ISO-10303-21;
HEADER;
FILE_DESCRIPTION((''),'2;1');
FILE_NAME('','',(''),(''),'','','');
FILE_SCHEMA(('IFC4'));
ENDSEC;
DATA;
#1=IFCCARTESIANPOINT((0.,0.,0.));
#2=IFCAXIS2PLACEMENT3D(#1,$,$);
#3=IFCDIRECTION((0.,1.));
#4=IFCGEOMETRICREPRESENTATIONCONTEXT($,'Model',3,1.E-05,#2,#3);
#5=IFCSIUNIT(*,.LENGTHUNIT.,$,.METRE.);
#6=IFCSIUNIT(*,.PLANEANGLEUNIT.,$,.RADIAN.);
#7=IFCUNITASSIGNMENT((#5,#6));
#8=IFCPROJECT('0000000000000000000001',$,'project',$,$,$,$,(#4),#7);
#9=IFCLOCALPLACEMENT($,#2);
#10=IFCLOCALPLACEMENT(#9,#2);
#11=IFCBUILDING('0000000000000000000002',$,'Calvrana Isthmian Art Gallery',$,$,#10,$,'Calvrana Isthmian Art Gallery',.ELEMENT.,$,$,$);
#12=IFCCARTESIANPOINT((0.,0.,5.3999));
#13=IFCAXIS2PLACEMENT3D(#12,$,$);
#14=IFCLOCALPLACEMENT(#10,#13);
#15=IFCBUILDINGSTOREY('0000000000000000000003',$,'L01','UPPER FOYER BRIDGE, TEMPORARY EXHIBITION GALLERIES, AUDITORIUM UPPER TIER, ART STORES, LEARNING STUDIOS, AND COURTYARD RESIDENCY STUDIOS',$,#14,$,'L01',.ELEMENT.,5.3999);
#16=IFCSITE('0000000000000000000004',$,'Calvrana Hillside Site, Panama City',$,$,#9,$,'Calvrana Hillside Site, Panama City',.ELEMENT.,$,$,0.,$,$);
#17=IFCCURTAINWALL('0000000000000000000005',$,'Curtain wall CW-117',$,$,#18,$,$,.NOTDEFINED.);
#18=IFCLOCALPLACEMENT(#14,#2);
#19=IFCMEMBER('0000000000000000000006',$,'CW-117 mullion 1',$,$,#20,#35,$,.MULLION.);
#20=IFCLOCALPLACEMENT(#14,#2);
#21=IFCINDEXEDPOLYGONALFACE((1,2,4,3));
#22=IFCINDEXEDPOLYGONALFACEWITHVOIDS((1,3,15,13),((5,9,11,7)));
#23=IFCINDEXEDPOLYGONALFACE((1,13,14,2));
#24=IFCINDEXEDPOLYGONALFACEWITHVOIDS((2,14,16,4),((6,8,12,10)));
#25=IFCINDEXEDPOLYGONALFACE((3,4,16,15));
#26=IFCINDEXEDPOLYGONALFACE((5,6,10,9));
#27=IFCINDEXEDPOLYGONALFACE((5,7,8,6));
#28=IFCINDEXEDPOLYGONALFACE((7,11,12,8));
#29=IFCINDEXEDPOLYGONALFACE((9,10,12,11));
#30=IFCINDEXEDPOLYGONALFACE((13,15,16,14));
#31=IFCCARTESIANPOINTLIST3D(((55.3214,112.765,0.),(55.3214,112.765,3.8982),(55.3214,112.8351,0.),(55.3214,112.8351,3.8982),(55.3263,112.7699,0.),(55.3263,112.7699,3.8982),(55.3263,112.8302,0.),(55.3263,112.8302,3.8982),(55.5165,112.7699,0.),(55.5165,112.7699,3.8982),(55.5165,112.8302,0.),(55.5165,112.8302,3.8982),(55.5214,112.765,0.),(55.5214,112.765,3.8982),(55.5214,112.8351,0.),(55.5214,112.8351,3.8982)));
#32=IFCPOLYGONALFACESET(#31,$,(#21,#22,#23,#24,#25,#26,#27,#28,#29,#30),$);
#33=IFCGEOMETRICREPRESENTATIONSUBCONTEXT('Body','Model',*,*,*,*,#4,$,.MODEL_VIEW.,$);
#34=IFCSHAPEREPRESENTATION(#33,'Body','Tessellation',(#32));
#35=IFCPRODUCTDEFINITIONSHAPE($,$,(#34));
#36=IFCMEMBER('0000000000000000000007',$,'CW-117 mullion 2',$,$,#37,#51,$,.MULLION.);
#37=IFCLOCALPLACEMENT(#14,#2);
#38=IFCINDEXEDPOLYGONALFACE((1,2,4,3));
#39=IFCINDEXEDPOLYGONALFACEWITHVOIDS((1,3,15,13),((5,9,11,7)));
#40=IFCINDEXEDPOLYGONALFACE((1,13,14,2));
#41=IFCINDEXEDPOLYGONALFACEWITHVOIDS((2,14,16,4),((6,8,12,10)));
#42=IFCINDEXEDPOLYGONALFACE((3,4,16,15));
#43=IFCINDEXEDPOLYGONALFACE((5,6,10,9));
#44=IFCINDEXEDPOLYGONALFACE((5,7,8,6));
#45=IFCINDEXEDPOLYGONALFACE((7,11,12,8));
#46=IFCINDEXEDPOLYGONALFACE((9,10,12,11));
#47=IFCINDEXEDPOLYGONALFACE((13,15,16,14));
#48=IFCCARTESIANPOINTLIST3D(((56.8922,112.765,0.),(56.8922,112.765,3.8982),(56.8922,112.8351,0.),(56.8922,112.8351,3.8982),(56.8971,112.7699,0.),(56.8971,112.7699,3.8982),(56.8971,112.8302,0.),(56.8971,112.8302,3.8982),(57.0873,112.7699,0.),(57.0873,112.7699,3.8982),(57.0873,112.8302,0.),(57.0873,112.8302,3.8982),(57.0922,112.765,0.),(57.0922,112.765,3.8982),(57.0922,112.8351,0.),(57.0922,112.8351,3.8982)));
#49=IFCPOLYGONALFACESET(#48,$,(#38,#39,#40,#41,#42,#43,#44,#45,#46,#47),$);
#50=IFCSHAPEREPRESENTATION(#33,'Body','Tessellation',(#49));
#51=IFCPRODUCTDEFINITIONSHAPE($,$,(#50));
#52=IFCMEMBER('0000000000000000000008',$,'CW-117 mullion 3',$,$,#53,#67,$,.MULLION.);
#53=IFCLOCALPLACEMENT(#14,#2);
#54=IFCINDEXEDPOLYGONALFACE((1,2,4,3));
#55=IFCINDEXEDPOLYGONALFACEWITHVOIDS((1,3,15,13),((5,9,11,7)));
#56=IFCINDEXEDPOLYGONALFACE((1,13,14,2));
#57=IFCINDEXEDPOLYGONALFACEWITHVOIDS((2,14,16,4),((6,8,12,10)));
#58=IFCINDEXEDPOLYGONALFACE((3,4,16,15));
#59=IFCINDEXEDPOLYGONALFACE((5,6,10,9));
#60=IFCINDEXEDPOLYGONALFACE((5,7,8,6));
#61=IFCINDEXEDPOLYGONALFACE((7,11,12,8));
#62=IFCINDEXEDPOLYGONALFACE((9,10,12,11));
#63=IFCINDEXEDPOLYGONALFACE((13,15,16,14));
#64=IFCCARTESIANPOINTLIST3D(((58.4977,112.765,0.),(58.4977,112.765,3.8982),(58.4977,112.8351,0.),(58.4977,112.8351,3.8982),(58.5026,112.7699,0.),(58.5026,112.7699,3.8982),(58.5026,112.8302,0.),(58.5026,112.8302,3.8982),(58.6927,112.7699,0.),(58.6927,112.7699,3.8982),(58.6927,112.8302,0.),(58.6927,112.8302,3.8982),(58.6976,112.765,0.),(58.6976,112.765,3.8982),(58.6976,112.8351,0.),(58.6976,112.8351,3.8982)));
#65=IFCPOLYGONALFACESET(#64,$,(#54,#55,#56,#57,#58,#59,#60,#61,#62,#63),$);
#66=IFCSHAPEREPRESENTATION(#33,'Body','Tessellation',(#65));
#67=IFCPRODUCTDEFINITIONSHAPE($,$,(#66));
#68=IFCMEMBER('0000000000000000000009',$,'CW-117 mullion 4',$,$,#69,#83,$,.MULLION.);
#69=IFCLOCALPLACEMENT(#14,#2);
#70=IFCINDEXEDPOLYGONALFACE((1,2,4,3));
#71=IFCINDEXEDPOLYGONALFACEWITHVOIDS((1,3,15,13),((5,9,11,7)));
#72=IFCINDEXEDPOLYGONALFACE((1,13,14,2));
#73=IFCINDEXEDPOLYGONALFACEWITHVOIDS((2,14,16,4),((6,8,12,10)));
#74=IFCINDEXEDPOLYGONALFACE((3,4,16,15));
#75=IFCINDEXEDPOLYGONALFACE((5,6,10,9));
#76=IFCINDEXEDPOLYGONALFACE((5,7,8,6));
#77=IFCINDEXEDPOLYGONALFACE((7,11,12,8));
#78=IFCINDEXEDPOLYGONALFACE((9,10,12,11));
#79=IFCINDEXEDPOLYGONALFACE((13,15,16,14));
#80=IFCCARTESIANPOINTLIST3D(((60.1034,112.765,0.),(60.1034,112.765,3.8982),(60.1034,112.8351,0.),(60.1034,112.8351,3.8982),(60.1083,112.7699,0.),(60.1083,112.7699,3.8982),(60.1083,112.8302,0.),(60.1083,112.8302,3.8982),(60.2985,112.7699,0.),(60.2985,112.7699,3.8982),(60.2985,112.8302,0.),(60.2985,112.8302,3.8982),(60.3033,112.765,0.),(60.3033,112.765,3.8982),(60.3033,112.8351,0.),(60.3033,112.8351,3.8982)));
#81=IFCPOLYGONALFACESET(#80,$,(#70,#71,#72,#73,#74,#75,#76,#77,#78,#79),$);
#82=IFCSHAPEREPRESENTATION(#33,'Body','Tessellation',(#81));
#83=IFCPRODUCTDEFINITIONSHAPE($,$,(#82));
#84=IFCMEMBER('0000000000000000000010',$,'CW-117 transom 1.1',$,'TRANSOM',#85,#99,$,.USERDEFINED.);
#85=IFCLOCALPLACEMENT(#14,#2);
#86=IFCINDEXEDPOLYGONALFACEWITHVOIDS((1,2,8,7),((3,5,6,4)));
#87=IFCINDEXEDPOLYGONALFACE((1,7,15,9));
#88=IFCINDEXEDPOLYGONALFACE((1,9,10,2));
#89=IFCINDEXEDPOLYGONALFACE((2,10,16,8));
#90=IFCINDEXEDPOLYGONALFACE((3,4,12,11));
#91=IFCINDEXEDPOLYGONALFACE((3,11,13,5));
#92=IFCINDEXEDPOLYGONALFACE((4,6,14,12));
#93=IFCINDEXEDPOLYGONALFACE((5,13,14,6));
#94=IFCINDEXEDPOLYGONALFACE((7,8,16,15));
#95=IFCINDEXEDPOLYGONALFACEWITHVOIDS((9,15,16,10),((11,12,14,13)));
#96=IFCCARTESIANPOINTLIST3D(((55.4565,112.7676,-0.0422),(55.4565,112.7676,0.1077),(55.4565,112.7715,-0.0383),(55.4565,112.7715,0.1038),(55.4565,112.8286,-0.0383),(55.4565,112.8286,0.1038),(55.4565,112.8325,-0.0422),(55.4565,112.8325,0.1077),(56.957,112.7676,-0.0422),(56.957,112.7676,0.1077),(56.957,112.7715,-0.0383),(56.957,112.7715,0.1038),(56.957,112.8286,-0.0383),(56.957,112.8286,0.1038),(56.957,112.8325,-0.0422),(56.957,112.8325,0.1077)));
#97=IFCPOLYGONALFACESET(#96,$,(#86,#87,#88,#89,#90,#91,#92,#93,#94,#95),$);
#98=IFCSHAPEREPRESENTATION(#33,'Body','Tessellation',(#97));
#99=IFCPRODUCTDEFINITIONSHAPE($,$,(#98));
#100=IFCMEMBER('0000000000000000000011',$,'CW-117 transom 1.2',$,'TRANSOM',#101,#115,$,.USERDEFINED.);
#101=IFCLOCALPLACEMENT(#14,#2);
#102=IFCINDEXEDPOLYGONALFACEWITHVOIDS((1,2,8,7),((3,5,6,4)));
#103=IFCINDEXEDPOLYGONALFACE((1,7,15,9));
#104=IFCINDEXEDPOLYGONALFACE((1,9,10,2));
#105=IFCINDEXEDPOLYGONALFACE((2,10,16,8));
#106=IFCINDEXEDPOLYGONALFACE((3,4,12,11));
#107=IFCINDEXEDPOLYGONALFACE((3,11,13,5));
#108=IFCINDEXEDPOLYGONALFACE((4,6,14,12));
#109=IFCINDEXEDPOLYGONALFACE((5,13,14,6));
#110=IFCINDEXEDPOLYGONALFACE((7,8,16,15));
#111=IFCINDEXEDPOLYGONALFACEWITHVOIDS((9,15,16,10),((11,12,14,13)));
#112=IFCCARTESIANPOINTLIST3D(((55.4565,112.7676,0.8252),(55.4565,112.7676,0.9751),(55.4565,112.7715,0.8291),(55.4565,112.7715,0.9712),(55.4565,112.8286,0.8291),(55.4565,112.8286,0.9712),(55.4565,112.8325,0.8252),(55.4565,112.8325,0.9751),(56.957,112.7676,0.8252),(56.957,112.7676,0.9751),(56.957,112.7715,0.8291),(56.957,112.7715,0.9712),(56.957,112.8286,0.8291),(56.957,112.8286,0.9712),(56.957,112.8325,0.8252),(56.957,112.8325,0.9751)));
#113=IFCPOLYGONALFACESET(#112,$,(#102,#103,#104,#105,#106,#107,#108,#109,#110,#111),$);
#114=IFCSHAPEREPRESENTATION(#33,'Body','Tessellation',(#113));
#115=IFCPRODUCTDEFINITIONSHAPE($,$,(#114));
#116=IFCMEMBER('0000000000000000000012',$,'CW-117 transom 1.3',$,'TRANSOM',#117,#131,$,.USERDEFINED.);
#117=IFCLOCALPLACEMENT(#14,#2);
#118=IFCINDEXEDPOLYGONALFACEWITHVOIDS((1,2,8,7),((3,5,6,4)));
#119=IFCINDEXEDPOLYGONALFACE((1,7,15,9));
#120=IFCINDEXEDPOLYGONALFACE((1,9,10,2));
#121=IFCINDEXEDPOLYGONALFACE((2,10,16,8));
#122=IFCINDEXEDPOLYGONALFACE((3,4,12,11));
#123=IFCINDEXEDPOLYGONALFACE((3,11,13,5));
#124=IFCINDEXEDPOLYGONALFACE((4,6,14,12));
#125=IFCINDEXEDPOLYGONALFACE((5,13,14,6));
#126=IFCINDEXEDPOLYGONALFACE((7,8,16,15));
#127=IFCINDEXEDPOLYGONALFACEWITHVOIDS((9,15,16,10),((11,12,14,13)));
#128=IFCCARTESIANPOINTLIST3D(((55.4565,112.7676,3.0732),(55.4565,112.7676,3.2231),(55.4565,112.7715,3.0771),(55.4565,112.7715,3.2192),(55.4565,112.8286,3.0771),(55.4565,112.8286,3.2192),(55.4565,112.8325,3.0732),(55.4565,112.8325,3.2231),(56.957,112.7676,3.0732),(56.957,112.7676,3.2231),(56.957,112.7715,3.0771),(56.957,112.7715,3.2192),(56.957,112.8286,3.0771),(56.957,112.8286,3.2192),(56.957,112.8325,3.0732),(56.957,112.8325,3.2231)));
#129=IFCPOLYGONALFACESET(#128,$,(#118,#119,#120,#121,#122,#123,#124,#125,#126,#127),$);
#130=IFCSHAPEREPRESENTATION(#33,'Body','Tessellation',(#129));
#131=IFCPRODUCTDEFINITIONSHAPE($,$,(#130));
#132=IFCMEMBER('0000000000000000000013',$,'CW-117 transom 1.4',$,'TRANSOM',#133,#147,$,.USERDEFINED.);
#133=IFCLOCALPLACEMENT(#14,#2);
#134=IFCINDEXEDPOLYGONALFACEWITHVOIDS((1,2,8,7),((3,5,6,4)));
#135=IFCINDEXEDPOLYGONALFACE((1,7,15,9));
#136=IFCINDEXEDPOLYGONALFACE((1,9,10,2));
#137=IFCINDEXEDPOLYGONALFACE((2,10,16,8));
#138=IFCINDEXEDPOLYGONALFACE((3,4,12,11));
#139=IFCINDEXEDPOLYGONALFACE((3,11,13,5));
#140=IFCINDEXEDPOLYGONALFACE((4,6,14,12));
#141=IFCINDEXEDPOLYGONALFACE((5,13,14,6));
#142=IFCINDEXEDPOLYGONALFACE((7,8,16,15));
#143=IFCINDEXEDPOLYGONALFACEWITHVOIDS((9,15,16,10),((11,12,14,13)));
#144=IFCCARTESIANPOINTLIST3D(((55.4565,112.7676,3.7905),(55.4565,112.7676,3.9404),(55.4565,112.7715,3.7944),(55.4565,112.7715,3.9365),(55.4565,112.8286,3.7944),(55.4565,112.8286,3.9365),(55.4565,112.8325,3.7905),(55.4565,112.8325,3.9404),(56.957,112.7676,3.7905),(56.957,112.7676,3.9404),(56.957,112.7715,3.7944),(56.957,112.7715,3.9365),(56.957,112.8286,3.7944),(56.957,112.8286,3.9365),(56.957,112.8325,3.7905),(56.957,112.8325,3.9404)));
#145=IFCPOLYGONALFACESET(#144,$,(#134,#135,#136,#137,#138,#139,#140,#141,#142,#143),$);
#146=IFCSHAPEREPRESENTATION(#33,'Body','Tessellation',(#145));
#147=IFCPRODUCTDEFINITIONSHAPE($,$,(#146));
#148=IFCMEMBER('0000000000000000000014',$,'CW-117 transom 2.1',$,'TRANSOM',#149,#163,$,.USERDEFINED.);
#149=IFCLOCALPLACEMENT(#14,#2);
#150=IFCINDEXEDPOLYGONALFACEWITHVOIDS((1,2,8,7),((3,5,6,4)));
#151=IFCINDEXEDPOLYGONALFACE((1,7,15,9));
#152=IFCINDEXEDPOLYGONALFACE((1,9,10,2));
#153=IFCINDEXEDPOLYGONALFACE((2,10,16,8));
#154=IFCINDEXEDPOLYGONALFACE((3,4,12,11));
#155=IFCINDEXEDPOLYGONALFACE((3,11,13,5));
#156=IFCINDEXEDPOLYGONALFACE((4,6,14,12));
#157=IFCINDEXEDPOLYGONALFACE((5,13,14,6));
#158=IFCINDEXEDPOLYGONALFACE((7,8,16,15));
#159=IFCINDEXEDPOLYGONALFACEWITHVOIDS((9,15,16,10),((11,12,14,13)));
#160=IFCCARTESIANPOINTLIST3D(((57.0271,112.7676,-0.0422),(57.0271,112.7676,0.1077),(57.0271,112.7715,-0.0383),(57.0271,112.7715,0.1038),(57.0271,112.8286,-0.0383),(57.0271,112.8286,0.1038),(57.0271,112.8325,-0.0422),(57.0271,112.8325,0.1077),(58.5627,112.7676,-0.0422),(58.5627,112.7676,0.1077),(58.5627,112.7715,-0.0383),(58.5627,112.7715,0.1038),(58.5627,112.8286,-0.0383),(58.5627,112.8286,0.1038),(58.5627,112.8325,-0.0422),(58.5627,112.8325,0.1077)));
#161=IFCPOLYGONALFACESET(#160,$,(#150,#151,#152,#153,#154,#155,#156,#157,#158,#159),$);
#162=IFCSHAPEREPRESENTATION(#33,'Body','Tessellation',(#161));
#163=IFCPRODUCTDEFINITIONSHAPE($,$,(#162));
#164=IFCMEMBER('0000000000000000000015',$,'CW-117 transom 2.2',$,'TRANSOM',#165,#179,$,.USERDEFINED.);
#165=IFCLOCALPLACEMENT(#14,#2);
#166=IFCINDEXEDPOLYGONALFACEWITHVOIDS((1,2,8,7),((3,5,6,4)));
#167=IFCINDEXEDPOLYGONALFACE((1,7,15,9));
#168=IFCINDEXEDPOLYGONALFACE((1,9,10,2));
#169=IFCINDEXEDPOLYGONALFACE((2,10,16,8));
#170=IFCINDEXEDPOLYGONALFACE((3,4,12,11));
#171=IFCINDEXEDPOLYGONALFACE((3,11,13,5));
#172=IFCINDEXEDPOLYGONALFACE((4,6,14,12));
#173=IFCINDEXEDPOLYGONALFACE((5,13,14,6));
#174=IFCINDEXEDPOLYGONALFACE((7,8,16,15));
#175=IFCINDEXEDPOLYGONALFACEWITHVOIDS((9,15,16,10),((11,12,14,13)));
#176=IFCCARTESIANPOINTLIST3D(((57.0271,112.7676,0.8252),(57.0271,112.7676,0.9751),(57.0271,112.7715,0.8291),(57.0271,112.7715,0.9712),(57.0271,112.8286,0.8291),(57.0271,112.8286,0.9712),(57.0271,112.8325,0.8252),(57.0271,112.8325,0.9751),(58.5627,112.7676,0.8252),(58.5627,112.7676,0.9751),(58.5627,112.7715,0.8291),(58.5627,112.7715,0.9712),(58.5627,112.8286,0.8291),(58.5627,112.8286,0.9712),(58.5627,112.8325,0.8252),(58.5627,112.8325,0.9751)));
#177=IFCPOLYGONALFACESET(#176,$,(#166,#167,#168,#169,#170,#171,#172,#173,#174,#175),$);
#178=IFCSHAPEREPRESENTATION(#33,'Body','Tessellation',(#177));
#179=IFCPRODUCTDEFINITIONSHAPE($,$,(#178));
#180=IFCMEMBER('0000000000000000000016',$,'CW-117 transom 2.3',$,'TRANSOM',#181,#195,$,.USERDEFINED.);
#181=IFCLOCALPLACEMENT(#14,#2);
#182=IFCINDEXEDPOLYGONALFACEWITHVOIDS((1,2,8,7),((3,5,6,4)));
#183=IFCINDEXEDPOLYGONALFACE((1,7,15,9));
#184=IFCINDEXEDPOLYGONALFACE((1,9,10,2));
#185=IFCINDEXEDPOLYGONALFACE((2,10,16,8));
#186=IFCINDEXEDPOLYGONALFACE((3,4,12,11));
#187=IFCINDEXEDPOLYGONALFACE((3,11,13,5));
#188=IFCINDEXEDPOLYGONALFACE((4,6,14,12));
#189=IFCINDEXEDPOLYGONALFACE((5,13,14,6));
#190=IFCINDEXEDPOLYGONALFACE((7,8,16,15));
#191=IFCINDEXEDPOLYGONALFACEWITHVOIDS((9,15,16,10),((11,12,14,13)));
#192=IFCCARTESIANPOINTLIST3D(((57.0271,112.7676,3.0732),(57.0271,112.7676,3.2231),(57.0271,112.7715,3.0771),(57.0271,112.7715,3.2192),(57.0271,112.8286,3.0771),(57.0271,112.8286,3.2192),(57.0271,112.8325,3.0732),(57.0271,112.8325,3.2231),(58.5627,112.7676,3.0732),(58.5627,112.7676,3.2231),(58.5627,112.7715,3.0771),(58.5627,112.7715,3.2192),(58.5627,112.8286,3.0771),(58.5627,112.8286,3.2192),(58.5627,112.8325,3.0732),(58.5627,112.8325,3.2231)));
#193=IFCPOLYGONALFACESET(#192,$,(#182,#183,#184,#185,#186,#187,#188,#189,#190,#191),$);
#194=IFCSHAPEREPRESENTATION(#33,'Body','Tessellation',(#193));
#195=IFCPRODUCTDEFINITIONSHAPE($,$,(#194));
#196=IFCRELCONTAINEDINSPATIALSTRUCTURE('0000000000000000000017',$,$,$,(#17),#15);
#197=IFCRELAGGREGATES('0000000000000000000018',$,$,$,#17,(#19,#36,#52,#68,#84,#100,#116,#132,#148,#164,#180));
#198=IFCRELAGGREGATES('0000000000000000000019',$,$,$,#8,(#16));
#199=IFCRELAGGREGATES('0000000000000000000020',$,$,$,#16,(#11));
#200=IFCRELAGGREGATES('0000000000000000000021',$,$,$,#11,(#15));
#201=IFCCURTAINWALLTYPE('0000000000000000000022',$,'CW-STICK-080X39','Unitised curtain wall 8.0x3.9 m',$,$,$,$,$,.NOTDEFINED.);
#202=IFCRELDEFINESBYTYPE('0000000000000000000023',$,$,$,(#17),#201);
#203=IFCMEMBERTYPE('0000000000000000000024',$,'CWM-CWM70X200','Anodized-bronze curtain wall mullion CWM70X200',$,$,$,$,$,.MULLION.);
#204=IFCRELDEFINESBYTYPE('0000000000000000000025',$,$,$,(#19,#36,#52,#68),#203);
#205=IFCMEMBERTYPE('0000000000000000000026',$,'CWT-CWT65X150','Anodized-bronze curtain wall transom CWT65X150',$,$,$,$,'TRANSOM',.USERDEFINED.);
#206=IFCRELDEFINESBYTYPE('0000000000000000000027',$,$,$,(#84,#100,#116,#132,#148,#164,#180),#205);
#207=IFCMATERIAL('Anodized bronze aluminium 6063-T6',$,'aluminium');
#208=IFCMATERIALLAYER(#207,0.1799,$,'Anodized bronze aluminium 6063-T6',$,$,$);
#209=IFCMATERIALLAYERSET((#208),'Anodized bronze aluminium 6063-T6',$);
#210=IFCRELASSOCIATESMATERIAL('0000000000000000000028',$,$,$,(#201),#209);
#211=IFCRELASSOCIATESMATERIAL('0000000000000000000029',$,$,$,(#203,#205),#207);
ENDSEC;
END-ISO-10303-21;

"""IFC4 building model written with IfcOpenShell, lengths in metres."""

from ifc_helpers import new_model, si_unit, direction, frame, origin, origin_2d, place, context, subcontext, project, spatial, hollow_rectangle, extrude, material, layer, layer_set, material_profile, profile_set, type_object, element, aggregate, save


model = new_model("IFC4")

# Units and contexts
model_context = context("Model", 3, precision=1e-05, world=origin(), true_north=direction((0.0, 1.0)))
body_context = subcontext(model_context, "Body", "Model", "MODEL_VIEW")
ifc_project = project(units=[si_unit("LENGTHUNIT", "METRE"), si_unit("PLANEANGLEUNIT", "RADIAN")], contexts=[model_context])

# Site, building, storey
site_placement = place(None, origin())
site = spatial("IfcSite", under=ifc_project, at=site_placement, Name="Calvrana Hillside Site, Panama City", LongName="Calvrana Hillside Site, Panama City", CompositionType="ELEMENT", RefElevation=0.0)
building_placement = place(site_placement, origin())
building = spatial("IfcBuilding", under=site, at=building_placement, Name="Calvrana Isthmian Art Gallery", LongName="Calvrana Isthmian Art Gallery", CompositionType="ELEMENT")
storey_placement = place(building_placement, frame((0.0, 0.0, 5.3999)))
storey = spatial("IfcBuildingStorey", under=building, at=storey_placement, Name="L01", Description="UPPER FOYER BRIDGE, TEMPORARY EXHIBITION GALLERIES, AUDITORIUM UPPER TIER, ART STORES, LEARNING STUDIOS, AND COURTYARD RESIDENCY STUDIOS", LongName="L01", CompositionType="ELEMENT", Elevation=5.3999)

# Curtain wall, members
ifc_material_1 = material(Name="Anodized bronze aluminium 6063-T6", Category="aluminium")
ifc_layer_1 = layer(ifc_material_1, 0.1799, Name="Anodized bronze aluminium 6063-T6")
ifc_layer_set_1 = layer_set([ifc_layer_1], Name="Anodized bronze aluminium 6063-T6")
curtain_wall_type = type_object("IfcCurtainWallType", Name="CW-STICK-080X39", Description="Unitised curtain wall 8.0x3.9 m", PredefinedType="NOTDEFINED", material=ifc_layer_set_1)
curtain_wall_placement = place(storey_placement, origin())
curtain_wall = element("IfcCurtainWall", 1, at=curtain_wall_placement, inside=storey, type_object=curtain_wall_type, Name="Curtain wall CW-117", PredefinedType="NOTDEFINED")
ifc_material_profile_1 = material_profile(ifc_material_1, hollow_rectangle(XDim=0.0701, YDim=0.2, WallThickness=0.0049, at=origin_2d()), Name="CWM70X200")
ifc_profile_set_1 = profile_set([ifc_material_profile_1], Name="Anodized bronze aluminium 6063-T6")
member_type_1 = type_object("IfcMemberType", Name="CWM-CWM70X200", Description="Anodized-bronze curtain wall mullion CWM70X200", PredefinedType="MULLION", material=ifc_profile_set_1)
member_1_placement = place(storey_placement, frame((55.4214, 112.8, 0.0), z_axis=(0.0, 0.0, 1.0), x_axis=(0.0, 1.0, 0.0)))
member_1 = element("IfcMember", 2, at=member_1_placement, type_object=member_type_1, Name="CW-117 mullion 1", PredefinedType="MULLION", context=body_context, shape_type="SweptSolid", body=[
    extrude(hollow_rectangle(XDim=0.0701, YDim=0.2, WallThickness=0.0049, at=origin_2d()), origin(), (0.0, 0.0, 1.0), 3.8982),
])
member_2_placement = place(storey_placement, frame((56.9922, 112.8, 0.0), z_axis=(0.0, 0.0, 1.0), x_axis=(0.0, 1.0, 0.0)))
member_2 = element("IfcMember", 3, at=member_2_placement, type_object=member_type_1, Name="CW-117 mullion 2", PredefinedType="MULLION", context=body_context, shape_type="SweptSolid", body=[
    extrude(hollow_rectangle(XDim=0.0701, YDim=0.2, WallThickness=0.0049, at=origin_2d()), origin(), (0.0, 0.0, 1.0), 3.8982),
])
member_3_placement = place(storey_placement, frame((58.5977, 112.8, 0.0), z_axis=(0.0, 0.0, 1.0), x_axis=(0.0, 1.0, 0.0)))
member_3 = element("IfcMember", 4, at=member_3_placement, type_object=member_type_1, Name="CW-117 mullion 3", PredefinedType="MULLION", context=body_context, shape_type="SweptSolid", body=[
    extrude(hollow_rectangle(XDim=0.0701, YDim=0.2, WallThickness=0.0049, at=origin_2d()), origin(), (0.0, 0.0, 1.0), 3.8982),
])
member_4_placement = place(storey_placement, frame((60.2034, 112.8, 0.0), z_axis=(0.0, 0.0, 1.0), x_axis=(0.0, 1.0, 0.0)))
member_4 = element("IfcMember", 5, at=member_4_placement, type_object=member_type_1, Name="CW-117 mullion 4", PredefinedType="MULLION", context=body_context, shape_type="SweptSolid", body=[
    extrude(hollow_rectangle(XDim=0.0701, YDim=0.2, WallThickness=0.0049, at=origin_2d()), origin(), (0.0, 0.0, 1.0), 3.8982),
])
ifc_material_profile_2 = material_profile(ifc_material_1, hollow_rectangle(XDim=0.0649, YDim=0.1499, WallThickness=0.0039, at=origin_2d()), Name="CWT65X150")
ifc_profile_set_2 = profile_set([ifc_material_profile_2], Name="Anodized bronze aluminium 6063-T6")
member_type_2 = type_object("IfcMemberType", Name="CWT-CWT65X150", Description="Anodized-bronze curtain wall transom CWT65X150", ElementType="TRANSOM", PredefinedType="USERDEFINED", material=ifc_profile_set_2)
member_5_placement = place(storey_placement, frame((55.4565, 112.8, 0.0327), z_axis=(1.0, 0.0, 0.0), x_axis=(0.0, 1.0, 0.0)))
member_5 = element("IfcMember", 6, at=member_5_placement, type_object=member_type_2, Name="CW-117 transom 1.1", ObjectType="TRANSOM", PredefinedType="USERDEFINED", context=body_context, shape_type="SweptSolid", body=[
    extrude(hollow_rectangle(XDim=0.0649, YDim=0.1499, WallThickness=0.0039, at=origin_2d()), origin(), (0.0, 0.0, 1.0), 1.5005),
])
member_6_placement = place(storey_placement, frame((55.4565, 112.8, 0.9001), z_axis=(1.0, 0.0, 0.0), x_axis=(0.0, 1.0, 0.0)))
member_6 = element("IfcMember", 7, at=member_6_placement, type_object=member_type_2, Name="CW-117 transom 1.2", ObjectType="TRANSOM", PredefinedType="USERDEFINED", context=body_context, shape_type="SweptSolid", body=[
    extrude(hollow_rectangle(XDim=0.0649, YDim=0.1499, WallThickness=0.0039, at=origin_2d()), origin(), (0.0, 0.0, 1.0), 1.5005),
])
member_7_placement = place(storey_placement, frame((55.4565, 112.8, 3.1482), z_axis=(1.0, 0.0, 0.0), x_axis=(0.0, 1.0, 0.0)))
member_7 = element("IfcMember", 8, at=member_7_placement, type_object=member_type_2, Name="CW-117 transom 1.3", ObjectType="TRANSOM", PredefinedType="USERDEFINED", context=body_context, shape_type="SweptSolid", body=[
    extrude(hollow_rectangle(XDim=0.0649, YDim=0.1499, WallThickness=0.0039, at=origin_2d()), origin(), (0.0, 0.0, 1.0), 1.5005),
])
member_8_placement = place(storey_placement, frame((55.4565, 112.8, 3.8655), z_axis=(1.0, 0.0, 0.0), x_axis=(0.0, 1.0, 0.0)))
member_8 = element("IfcMember", 9, at=member_8_placement, type_object=member_type_2, Name="CW-117 transom 1.4", ObjectType="TRANSOM", PredefinedType="USERDEFINED", context=body_context, shape_type="SweptSolid", body=[
    extrude(hollow_rectangle(XDim=0.0649, YDim=0.1499, WallThickness=0.0039, at=origin_2d()), origin(), (0.0, 0.0, 1.0), 1.5005),
])
member_9_placement = place(storey_placement, frame((57.0271, 112.8, 0.0327), z_axis=(1.0, 0.0, 0.0), x_axis=(0.0, 1.0, 0.0)))
member_9 = element("IfcMember", 10, at=member_9_placement, type_object=member_type_2, Name="CW-117 transom 2.1", ObjectType="TRANSOM", PredefinedType="USERDEFINED", context=body_context, shape_type="SweptSolid", body=[
    extrude(hollow_rectangle(XDim=0.0649, YDim=0.1499, WallThickness=0.0039, at=origin_2d()), origin(), (0.0, 0.0, 1.0), 1.5356),
])
member_10_placement = place(storey_placement, frame((57.0271, 112.8, 0.9001), z_axis=(1.0, 0.0, 0.0), x_axis=(0.0, 1.0, 0.0)))
member_10 = element("IfcMember", 11, at=member_10_placement, type_object=member_type_2, Name="CW-117 transom 2.2", ObjectType="TRANSOM", PredefinedType="USERDEFINED", context=body_context, shape_type="SweptSolid", body=[
    extrude(hollow_rectangle(XDim=0.0649, YDim=0.1499, WallThickness=0.0039, at=origin_2d()), origin(), (0.0, 0.0, 1.0), 1.5356),
])
member_11_placement = place(storey_placement, frame((57.0271, 112.8, 3.1482), z_axis=(1.0, 0.0, 0.0), x_axis=(0.0, 1.0, 0.0)))
member_11 = element("IfcMember", 12, at=member_11_placement, type_object=member_type_2, Name="CW-117 transom 2.3", ObjectType="TRANSOM", PredefinedType="USERDEFINED", context=body_context, shape_type="SweptSolid", body=[
    extrude(hollow_rectangle(XDim=0.0649, YDim=0.1499, WallThickness=0.0039, at=origin_2d()), origin(), (0.0, 0.0, 1.0), 1.5356),
])
aggregate(curtain_wall, [member_1, member_2, member_3, member_4, member_5, member_6, member_7, member_8, member_9, member_10, member_11])

save(model, "model.ifc")
